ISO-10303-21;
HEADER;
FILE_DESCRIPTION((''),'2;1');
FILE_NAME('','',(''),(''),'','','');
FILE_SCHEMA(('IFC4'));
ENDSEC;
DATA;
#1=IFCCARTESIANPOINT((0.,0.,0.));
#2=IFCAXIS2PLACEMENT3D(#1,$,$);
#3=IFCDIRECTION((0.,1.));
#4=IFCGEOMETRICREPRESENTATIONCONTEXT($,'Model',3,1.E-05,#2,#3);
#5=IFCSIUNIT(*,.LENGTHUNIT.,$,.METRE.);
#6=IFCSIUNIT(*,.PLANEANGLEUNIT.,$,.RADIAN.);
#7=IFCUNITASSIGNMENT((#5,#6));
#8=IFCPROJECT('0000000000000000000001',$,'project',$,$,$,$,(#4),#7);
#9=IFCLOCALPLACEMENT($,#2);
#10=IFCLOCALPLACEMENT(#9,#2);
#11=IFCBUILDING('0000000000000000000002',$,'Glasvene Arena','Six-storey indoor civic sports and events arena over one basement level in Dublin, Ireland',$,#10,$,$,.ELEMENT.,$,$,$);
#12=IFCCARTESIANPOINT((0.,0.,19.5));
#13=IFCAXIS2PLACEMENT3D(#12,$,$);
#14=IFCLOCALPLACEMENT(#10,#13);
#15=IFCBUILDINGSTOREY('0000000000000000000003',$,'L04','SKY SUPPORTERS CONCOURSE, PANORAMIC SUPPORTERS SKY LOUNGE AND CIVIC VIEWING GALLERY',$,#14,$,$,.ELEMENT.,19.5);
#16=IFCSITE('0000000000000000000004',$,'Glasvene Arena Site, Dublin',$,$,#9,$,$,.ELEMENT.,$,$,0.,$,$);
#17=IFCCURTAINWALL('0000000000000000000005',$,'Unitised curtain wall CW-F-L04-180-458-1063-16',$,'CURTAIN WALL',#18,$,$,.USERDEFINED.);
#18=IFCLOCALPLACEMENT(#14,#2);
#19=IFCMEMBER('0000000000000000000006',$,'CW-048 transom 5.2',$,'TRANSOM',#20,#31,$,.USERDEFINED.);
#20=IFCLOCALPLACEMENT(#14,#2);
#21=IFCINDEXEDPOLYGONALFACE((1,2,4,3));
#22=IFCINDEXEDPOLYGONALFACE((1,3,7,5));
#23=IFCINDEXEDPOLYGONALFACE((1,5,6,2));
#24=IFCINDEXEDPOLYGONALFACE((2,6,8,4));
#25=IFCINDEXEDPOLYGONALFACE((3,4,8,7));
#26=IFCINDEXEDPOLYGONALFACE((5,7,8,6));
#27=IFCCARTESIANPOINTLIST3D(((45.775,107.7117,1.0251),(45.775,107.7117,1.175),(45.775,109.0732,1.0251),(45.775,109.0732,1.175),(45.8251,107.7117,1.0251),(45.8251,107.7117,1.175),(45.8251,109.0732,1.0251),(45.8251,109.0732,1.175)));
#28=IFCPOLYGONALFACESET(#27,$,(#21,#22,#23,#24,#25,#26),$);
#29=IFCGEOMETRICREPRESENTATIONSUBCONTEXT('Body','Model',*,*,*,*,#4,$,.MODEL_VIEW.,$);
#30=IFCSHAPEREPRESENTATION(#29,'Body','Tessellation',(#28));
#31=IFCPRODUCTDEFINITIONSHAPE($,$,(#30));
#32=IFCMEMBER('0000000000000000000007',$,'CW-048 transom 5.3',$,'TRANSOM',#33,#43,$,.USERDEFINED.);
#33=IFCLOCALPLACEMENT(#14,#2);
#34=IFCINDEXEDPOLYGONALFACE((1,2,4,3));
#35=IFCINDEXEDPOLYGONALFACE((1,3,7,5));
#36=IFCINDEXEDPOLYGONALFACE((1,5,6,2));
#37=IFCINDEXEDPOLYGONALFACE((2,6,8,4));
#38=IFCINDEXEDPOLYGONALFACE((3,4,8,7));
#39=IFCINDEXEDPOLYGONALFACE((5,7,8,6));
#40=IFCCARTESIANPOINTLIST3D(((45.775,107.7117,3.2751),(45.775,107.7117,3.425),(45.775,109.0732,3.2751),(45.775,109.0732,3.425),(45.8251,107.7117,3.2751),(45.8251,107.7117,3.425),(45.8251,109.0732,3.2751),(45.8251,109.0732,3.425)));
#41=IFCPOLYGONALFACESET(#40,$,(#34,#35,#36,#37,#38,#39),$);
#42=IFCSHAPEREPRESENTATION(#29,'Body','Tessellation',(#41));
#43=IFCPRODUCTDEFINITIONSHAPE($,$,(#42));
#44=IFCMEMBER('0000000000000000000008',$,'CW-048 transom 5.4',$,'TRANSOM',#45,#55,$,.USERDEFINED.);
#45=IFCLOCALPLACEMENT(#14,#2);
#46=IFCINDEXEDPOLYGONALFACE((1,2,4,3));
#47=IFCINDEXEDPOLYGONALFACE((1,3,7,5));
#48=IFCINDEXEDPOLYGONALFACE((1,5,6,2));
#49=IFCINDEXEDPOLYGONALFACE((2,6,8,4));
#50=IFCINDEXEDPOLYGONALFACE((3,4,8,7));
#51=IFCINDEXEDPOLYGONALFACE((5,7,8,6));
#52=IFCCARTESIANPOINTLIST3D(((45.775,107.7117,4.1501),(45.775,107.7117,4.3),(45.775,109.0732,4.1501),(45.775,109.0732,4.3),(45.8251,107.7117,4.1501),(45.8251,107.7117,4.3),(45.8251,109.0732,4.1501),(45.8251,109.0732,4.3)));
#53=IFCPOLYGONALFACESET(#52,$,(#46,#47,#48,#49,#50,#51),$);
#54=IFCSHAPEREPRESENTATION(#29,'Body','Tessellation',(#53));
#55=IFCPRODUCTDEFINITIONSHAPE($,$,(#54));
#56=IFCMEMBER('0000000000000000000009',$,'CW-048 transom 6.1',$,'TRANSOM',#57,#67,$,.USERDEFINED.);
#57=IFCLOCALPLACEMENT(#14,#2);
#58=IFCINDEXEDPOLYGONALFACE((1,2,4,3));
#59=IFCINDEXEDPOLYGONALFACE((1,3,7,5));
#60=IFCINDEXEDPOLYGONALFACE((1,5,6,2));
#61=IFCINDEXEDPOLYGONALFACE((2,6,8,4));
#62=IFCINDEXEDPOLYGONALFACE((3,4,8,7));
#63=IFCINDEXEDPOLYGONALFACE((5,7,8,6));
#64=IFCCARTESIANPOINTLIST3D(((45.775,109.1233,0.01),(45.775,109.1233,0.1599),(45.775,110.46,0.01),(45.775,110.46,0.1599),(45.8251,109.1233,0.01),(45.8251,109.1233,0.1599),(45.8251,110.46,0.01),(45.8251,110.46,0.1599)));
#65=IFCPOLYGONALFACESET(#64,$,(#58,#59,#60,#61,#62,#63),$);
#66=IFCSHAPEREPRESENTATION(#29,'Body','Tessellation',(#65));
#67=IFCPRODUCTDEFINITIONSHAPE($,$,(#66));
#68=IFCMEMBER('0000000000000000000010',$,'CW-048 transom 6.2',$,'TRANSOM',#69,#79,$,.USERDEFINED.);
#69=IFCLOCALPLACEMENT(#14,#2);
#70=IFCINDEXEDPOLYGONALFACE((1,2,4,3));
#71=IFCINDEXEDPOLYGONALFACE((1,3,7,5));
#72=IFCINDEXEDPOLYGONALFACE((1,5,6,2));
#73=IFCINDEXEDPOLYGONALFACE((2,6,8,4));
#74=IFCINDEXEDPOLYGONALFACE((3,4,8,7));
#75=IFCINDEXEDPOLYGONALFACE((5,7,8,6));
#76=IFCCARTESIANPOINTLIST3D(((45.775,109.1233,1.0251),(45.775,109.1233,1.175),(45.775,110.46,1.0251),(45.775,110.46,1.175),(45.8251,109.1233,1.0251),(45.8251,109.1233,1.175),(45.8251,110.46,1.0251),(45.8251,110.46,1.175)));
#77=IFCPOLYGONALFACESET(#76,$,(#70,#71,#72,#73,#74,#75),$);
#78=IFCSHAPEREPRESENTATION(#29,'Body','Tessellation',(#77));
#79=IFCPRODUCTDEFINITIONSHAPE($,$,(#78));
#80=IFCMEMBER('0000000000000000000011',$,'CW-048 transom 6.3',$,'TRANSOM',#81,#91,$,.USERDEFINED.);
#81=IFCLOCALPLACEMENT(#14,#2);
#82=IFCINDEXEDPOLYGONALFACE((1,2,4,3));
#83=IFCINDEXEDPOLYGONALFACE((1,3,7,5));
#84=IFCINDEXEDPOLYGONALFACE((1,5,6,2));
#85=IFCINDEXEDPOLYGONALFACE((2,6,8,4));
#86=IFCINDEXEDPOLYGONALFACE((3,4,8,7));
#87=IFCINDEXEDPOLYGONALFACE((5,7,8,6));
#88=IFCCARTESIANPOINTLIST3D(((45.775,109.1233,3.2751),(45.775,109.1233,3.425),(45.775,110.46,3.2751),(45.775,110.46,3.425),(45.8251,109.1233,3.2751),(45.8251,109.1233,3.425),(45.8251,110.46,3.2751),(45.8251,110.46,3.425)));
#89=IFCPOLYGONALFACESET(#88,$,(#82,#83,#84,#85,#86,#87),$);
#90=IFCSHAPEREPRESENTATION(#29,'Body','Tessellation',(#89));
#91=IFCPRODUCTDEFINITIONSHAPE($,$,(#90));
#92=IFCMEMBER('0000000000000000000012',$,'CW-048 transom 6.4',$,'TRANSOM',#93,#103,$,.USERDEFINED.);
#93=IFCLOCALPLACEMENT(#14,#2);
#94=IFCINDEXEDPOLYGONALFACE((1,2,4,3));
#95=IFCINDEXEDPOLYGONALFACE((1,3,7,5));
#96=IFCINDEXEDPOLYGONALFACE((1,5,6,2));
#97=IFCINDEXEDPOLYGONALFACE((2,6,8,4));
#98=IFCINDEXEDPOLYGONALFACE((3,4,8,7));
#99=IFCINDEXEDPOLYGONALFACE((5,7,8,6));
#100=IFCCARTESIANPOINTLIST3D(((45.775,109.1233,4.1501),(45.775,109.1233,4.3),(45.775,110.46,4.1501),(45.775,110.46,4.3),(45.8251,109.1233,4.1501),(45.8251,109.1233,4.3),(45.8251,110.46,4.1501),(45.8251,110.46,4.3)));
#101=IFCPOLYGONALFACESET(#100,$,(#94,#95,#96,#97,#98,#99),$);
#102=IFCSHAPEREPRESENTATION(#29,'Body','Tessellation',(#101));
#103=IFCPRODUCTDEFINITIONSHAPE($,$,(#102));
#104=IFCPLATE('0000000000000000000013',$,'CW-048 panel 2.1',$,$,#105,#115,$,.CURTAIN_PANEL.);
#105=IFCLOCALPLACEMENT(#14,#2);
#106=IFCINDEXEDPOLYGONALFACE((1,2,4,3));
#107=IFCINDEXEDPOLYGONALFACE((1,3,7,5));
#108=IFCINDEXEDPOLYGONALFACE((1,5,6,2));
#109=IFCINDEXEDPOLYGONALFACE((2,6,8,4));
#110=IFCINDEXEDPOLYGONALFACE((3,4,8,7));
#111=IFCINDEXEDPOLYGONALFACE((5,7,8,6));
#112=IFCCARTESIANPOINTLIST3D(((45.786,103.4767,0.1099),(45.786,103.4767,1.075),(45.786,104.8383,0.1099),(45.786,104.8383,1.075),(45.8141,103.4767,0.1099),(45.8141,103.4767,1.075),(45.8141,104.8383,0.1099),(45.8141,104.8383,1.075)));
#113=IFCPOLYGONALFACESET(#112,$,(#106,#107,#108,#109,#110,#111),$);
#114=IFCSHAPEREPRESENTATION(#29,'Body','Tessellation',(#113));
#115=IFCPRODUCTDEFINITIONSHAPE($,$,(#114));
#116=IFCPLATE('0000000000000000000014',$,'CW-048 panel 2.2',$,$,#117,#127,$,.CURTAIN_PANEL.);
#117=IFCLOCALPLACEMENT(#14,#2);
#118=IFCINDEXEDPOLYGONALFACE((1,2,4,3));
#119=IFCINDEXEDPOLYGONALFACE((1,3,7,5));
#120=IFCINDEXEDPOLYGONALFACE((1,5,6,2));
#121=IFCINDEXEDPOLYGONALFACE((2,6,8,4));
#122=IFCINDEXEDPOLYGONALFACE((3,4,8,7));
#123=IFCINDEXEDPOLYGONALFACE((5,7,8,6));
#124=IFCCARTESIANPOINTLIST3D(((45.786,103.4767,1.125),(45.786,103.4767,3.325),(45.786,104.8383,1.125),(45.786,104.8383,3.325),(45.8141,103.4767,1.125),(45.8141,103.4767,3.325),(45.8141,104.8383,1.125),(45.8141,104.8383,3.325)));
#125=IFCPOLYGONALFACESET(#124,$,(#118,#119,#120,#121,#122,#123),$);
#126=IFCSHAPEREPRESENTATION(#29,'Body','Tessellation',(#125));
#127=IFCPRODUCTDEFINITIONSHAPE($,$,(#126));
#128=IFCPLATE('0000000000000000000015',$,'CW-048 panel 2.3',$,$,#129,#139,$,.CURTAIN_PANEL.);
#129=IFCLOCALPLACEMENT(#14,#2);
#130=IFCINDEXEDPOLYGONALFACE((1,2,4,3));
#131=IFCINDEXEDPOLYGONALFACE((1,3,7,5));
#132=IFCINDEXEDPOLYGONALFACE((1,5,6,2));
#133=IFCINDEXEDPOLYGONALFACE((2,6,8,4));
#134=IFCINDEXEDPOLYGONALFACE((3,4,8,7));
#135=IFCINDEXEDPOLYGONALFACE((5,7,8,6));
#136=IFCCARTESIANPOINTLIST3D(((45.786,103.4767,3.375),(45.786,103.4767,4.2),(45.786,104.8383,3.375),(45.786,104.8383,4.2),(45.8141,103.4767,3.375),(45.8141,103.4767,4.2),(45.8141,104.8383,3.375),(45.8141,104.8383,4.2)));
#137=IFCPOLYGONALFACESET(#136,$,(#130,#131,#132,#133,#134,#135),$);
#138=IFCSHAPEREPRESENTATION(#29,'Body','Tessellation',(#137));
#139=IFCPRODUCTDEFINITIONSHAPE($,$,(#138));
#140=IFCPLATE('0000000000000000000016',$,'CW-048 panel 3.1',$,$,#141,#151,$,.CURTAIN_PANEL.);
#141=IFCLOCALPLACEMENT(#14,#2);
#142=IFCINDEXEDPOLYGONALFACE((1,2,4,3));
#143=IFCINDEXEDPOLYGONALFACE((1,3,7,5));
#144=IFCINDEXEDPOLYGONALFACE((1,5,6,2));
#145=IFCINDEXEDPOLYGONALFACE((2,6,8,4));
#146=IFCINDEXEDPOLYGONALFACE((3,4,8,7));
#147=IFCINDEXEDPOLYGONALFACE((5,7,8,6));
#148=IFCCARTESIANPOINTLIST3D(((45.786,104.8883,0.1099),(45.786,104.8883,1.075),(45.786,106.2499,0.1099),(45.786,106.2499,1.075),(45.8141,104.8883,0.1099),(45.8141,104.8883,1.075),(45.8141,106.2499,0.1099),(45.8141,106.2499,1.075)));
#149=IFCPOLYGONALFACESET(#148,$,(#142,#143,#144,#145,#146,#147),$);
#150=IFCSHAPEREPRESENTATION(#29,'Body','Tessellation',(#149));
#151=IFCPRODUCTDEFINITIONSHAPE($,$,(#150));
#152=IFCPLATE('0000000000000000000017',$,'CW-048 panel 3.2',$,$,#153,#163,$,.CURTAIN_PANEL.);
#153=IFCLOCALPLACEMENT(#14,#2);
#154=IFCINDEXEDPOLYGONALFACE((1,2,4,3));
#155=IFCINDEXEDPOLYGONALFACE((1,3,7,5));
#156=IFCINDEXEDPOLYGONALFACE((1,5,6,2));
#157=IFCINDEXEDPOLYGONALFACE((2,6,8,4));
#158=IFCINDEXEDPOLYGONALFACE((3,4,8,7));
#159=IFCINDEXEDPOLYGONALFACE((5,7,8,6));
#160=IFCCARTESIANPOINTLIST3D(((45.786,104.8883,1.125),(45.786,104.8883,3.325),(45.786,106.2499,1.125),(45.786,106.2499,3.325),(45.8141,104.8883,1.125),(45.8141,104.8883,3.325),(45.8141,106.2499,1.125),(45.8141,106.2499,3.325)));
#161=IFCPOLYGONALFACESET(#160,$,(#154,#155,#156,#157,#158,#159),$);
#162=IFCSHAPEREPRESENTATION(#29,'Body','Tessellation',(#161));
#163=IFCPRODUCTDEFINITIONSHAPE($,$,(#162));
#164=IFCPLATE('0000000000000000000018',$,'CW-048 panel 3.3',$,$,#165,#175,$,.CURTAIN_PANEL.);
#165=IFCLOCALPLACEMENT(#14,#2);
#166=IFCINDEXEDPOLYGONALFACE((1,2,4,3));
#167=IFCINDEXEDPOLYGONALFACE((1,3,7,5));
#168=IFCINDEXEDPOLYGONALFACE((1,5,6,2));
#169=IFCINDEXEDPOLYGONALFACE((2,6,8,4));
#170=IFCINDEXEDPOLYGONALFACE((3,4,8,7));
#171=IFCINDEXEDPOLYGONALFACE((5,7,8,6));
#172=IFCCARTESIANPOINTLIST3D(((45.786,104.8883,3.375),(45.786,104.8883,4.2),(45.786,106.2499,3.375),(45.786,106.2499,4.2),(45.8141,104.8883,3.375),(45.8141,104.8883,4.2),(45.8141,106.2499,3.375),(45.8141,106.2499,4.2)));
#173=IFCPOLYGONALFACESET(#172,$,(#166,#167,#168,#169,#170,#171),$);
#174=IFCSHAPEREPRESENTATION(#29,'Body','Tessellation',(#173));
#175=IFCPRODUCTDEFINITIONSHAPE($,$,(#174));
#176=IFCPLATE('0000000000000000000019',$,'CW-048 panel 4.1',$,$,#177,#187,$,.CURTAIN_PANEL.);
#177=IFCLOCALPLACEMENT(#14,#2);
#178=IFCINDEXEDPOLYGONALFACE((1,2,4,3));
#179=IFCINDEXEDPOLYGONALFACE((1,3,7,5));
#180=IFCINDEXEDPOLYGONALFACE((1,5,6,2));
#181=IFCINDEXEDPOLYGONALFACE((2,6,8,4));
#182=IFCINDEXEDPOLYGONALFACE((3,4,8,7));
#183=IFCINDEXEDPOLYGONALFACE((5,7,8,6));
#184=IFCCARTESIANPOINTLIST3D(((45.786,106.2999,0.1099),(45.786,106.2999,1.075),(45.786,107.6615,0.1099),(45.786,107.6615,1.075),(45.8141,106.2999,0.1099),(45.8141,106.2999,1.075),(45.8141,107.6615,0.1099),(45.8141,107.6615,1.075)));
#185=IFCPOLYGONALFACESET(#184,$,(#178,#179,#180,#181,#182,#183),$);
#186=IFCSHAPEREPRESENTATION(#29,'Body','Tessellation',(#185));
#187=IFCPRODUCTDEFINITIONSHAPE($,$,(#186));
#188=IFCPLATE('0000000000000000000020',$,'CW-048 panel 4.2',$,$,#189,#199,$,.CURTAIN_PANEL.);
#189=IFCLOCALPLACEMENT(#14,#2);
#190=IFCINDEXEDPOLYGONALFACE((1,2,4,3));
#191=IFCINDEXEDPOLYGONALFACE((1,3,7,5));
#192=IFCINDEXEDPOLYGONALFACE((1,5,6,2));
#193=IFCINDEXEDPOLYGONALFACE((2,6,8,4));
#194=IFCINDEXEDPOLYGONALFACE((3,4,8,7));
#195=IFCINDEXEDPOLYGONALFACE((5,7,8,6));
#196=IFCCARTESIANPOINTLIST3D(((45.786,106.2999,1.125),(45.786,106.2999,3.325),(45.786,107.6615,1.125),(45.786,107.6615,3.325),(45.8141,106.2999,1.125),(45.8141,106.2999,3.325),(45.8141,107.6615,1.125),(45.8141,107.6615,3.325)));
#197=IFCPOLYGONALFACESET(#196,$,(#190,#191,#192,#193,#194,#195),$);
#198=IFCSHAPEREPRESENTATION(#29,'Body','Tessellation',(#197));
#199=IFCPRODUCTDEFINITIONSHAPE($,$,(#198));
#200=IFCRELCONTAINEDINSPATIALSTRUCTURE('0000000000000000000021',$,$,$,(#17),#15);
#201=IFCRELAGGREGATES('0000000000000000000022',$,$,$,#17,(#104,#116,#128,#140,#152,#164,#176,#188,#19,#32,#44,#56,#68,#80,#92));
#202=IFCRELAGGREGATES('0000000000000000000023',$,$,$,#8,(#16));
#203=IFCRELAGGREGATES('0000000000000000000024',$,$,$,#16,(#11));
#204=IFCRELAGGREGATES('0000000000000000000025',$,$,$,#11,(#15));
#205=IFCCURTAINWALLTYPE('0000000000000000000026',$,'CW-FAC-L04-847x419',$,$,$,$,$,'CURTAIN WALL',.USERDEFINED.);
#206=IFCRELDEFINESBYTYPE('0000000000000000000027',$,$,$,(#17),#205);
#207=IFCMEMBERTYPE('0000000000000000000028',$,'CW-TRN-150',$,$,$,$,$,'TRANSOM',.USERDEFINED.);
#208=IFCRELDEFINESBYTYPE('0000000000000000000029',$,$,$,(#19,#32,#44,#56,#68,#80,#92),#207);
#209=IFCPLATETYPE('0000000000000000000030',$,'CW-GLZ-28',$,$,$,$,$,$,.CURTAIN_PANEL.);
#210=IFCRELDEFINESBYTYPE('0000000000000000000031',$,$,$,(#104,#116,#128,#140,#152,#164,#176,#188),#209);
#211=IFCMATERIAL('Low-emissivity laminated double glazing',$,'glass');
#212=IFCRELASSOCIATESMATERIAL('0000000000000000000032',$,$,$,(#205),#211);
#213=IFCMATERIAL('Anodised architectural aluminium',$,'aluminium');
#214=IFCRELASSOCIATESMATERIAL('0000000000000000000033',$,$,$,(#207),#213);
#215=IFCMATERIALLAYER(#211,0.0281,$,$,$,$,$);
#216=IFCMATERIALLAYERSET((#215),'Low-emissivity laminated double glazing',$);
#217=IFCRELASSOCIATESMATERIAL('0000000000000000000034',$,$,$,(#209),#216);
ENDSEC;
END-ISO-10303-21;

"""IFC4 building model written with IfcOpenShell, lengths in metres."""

from ifc_helpers import new_model, si_unit, direction, frame, origin, origin_2d, place, context, subcontext, project, spatial, rectangle, extrude, material, layer, layer_set, material_profile, profile_set, type_object, element, aggregate, save


model = new_model("IFC4")

# Units and contexts
model_context = context("Model", 3, precision=1e-05, world=origin(), true_north=direction((0.0, 1.0)))
body_context = subcontext(model_context, "Body", "Model", "MODEL_VIEW")
ifc_project = project(units=[si_unit("LENGTHUNIT", "METRE"), si_unit("PLANEANGLEUNIT", "RADIAN")], contexts=[model_context])

# Site, building, storey
site_placement = place(None, origin())
site = spatial("IfcSite", under=ifc_project, at=site_placement, Name="Glasvene Arena Site, Dublin", CompositionType="ELEMENT", RefElevation=0.0)
building_placement = place(site_placement, origin())
building = spatial("IfcBuilding", under=site, at=building_placement, Name="Glasvene Arena", Description="Six-storey indoor civic sports and events arena over one basement level in Dublin, Ireland", CompositionType="ELEMENT")
storey_placement = place(building_placement, frame((0.0, 0.0, 19.5)))
storey = spatial("IfcBuildingStorey", under=building, at=storey_placement, Name="L04", Description="SKY SUPPORTERS CONCOURSE, PANORAMIC SUPPORTERS SKY LOUNGE AND CIVIC VIEWING GALLERY", CompositionType="ELEMENT", Elevation=19.5)

# Curtain wall, members, plates
ifc_material_1 = material(Name="Low-emissivity laminated double glazing", Category="glass")
curtain_wall_type = type_object("IfcCurtainWallType", Name="CW-FAC-L04-847x419", ElementType="CURTAIN WALL", PredefinedType="USERDEFINED", material=ifc_material_1)
curtain_wall_placement = place(storey_placement, frame((45.8, 102.04, 0.0)))
curtain_wall = element("IfcCurtainWall", 1, at=curtain_wall_placement, inside=storey, type_object=curtain_wall_type, Name="Unitised curtain wall CW-F-L04-180-458-1063-16", ObjectType="CURTAIN WALL", PredefinedType="USERDEFINED")
ifc_material_2 = material(Name="Anodised architectural aluminium", Category="aluminium")
ifc_material_profile_1 = material_profile(ifc_material_2, rectangle(XDim=0.05, YDim=0.1499, at=origin_2d()), Name="ALU TRANSOM 50x150")
ifc_profile_set_1 = profile_set([ifc_material_profile_1], Name="Anodised architectural aluminium")
member_type_1 = type_object("IfcMemberType", Name="CW-TRN-150", ElementType="TRANSOM", PredefinedType="USERDEFINED", material=ifc_profile_set_1)
member_1_placement = place(storey_placement, frame((45.8, 107.7117, 1.1001), z_axis=(0.0, 1.0, 0.0), x_axis=(-1.0, 0.0, 0.0)))
member_1 = element("IfcMember", 2, at=member_1_placement, type_object=member_type_1, Name="CW-048 transom 5.2", ObjectType="TRANSOM", PredefinedType="USERDEFINED", context=body_context, shape_type="SweptSolid", body=[
    extrude(rectangle(XDim=0.05, YDim=0.1499, at=origin_2d()), origin(), (0.0, 0.0, 1.0), 1.3616),
])
member_2_placement = place(storey_placement, frame((45.8, 107.7117, 3.3501), z_axis=(0.0, 1.0, 0.0), x_axis=(-1.0, 0.0, 0.0)))
member_2 = element("IfcMember", 3, at=member_2_placement, type_object=member_type_1, Name="CW-048 transom 5.3", ObjectType="TRANSOM", PredefinedType="USERDEFINED", context=body_context, shape_type="SweptSolid", body=[
    extrude(rectangle(XDim=0.05, YDim=0.1499, at=origin_2d()), origin(), (0.0, 0.0, 1.0), 1.3616),
])
member_3_placement = place(storey_placement, frame((45.8, 107.7117, 4.2251), z_axis=(0.0, 1.0, 0.0), x_axis=(-1.0, 0.0, 0.0)))
member_3 = element("IfcMember", 4, at=member_3_placement, type_object=member_type_1, Name="CW-048 transom 5.4", ObjectType="TRANSOM", PredefinedType="USERDEFINED", context=body_context, shape_type="SweptSolid", body=[
    extrude(rectangle(XDim=0.05, YDim=0.1499, at=origin_2d()), origin(), (0.0, 0.0, 1.0), 1.3616),
])
member_4_placement = place(storey_placement, frame((45.8, 109.1233, 0.085), z_axis=(0.0, 1.0, 0.0), x_axis=(-1.0, 0.0, 0.0)))
member_4 = element("IfcMember", 5, at=member_4_placement, type_object=member_type_1, Name="CW-048 transom 6.1", ObjectType="TRANSOM", PredefinedType="USERDEFINED", context=body_context, shape_type="SweptSolid", body=[
    extrude(rectangle(XDim=0.05, YDim=0.1499, at=origin_2d()), origin(), (0.0, 0.0, 1.0), 1.3367),
])
member_5_placement = place(storey_placement, frame((45.8, 109.1233, 1.1001), z_axis=(0.0, 1.0, 0.0), x_axis=(-1.0, 0.0, 0.0)))
member_5 = element("IfcMember", 6, at=member_5_placement, type_object=member_type_1, Name="CW-048 transom 6.2", ObjectType="TRANSOM", PredefinedType="USERDEFINED", context=body_context, shape_type="SweptSolid", body=[
    extrude(rectangle(XDim=0.05, YDim=0.1499, at=origin_2d()), origin(), (0.0, 0.0, 1.0), 1.3367),
])
member_6_placement = place(storey_placement, frame((45.8, 109.1233, 3.3501), z_axis=(0.0, 1.0, 0.0), x_axis=(-1.0, 0.0, 0.0)))
member_6 = element("IfcMember", 7, at=member_6_placement, type_object=member_type_1, Name="CW-048 transom 6.3", ObjectType="TRANSOM", PredefinedType="USERDEFINED", context=body_context, shape_type="SweptSolid", body=[
    extrude(rectangle(XDim=0.05, YDim=0.1499, at=origin_2d()), origin(), (0.0, 0.0, 1.0), 1.3367),
])
member_7_placement = place(storey_placement, frame((45.8, 109.1233, 4.2251), z_axis=(0.0, 1.0, 0.0), x_axis=(-1.0, 0.0, 0.0)))
member_7 = element("IfcMember", 8, at=member_7_placement, type_object=member_type_1, Name="CW-048 transom 6.4", ObjectType="TRANSOM", PredefinedType="USERDEFINED", context=body_context, shape_type="SweptSolid", body=[
    extrude(rectangle(XDim=0.05, YDim=0.1499, at=origin_2d()), origin(), (0.0, 0.0, 1.0), 1.3367),
])
ifc_layer = layer(ifc_material_1, 0.0281)
ifc_layer_set = layer_set([ifc_layer], Name="Low-emissivity laminated double glazing")
plate_type = type_object("IfcPlateType", Name="CW-GLZ-28", PredefinedType="CURTAIN_PANEL", material=ifc_layer_set)
plate_1_placement = place(storey_placement, frame((45.8, 104.1575, 0.1099), z_axis=(0.0, 0.0, 1.0), x_axis=(0.0, 1.0, 0.0)))
plate_1 = element("IfcPlate", 9, at=plate_1_placement, type_object=plate_type, Name="CW-048 panel 2.1", PredefinedType="CURTAIN_PANEL", context=body_context, shape_type="SweptSolid", body=[
    extrude(rectangle(XDim=1.3616, YDim=0.0281, at=origin_2d()), origin(), (0.0, 0.0, 1.0), 0.9651),
])
plate_2_placement = place(storey_placement, frame((45.8, 104.1575, 1.125), z_axis=(0.0, 0.0, 1.0), x_axis=(0.0, 1.0, 0.0)))
plate_2 = element("IfcPlate", 10, at=plate_2_placement, type_object=plate_type, Name="CW-048 panel 2.2", PredefinedType="CURTAIN_PANEL", context=body_context, shape_type="SweptSolid", body=[
    extrude(rectangle(XDim=1.3616, YDim=0.0281, at=origin_2d()), origin(), (0.0, 0.0, 1.0), 2.2),
])
plate_3_placement = place(storey_placement, frame((45.8, 104.1575, 3.375), z_axis=(0.0, 0.0, 1.0), x_axis=(0.0, 1.0, 0.0)))
plate_3 = element("IfcPlate", 11, at=plate_3_placement, type_object=plate_type, Name="CW-048 panel 2.3", PredefinedType="CURTAIN_PANEL", context=body_context, shape_type="SweptSolid", body=[
    extrude(rectangle(XDim=1.3616, YDim=0.0281, at=origin_2d()), origin(), (0.0, 0.0, 1.0), 0.825),
])
plate_4_placement = place(storey_placement, frame((45.8, 105.5691, 0.1099), z_axis=(0.0, 0.0, 1.0), x_axis=(0.0, 1.0, 0.0)))
plate_4 = element("IfcPlate", 12, at=plate_4_placement, type_object=plate_type, Name="CW-048 panel 3.1", PredefinedType="CURTAIN_PANEL", context=body_context, shape_type="SweptSolid", body=[
    extrude(rectangle(XDim=1.3616, YDim=0.0281, at=origin_2d()), origin(), (0.0, 0.0, 1.0), 0.9651),
])
plate_5_placement = place(storey_placement, frame((45.8, 105.5691, 1.125), z_axis=(0.0, 0.0, 1.0), x_axis=(0.0, 1.0, 0.0)))
plate_5 = element("IfcPlate", 13, at=plate_5_placement, type_object=plate_type, Name="CW-048 panel 3.2", PredefinedType="CURTAIN_PANEL", context=body_context, shape_type="SweptSolid", body=[
    extrude(rectangle(XDim=1.3616, YDim=0.0281, at=origin_2d()), origin(), (0.0, 0.0, 1.0), 2.2),
])
plate_6_placement = place(storey_placement, frame((45.8, 105.5691, 3.375), z_axis=(0.0, 0.0, 1.0), x_axis=(0.0, 1.0, 0.0)))
plate_6 = element("IfcPlate", 14, at=plate_6_placement, type_object=plate_type, Name="CW-048 panel 3.3", PredefinedType="CURTAIN_PANEL", context=body_context, shape_type="SweptSolid", body=[
    extrude(rectangle(XDim=1.3616, YDim=0.0281, at=origin_2d()), origin(), (0.0, 0.0, 1.0), 0.825),
])
plate_7_placement = place(storey_placement, frame((45.8, 106.9807, 0.1099), z_axis=(0.0, 0.0, 1.0), x_axis=(0.0, 1.0, 0.0)))
plate_7 = element("IfcPlate", 15, at=plate_7_placement, type_object=plate_type, Name="CW-048 panel 4.1", PredefinedType="CURTAIN_PANEL", context=body_context, shape_type="SweptSolid", body=[
    extrude(rectangle(XDim=1.3616, YDim=0.0281, at=origin_2d()), origin(), (0.0, 0.0, 1.0), 0.9651),
])
plate_8_placement = place(storey_placement, frame((45.8, 106.9807, 1.125), z_axis=(0.0, 0.0, 1.0), x_axis=(0.0, 1.0, 0.0)))
plate_8 = element("IfcPlate", 16, at=plate_8_placement, type_object=plate_type, Name="CW-048 panel 4.2", PredefinedType="CURTAIN_PANEL", context=body_context, shape_type="SweptSolid", body=[
    extrude(rectangle(XDim=1.3616, YDim=0.0281, at=origin_2d()), origin(), (0.0, 0.0, 1.0), 2.2),
])
aggregate(curtain_wall, [plate_1, plate_2, plate_3, plate_4, plate_5, plate_6, plate_7, plate_8, member_1, member_2, member_3, member_4, member_5, member_6, member_7])

save(model, "model.ifc")
